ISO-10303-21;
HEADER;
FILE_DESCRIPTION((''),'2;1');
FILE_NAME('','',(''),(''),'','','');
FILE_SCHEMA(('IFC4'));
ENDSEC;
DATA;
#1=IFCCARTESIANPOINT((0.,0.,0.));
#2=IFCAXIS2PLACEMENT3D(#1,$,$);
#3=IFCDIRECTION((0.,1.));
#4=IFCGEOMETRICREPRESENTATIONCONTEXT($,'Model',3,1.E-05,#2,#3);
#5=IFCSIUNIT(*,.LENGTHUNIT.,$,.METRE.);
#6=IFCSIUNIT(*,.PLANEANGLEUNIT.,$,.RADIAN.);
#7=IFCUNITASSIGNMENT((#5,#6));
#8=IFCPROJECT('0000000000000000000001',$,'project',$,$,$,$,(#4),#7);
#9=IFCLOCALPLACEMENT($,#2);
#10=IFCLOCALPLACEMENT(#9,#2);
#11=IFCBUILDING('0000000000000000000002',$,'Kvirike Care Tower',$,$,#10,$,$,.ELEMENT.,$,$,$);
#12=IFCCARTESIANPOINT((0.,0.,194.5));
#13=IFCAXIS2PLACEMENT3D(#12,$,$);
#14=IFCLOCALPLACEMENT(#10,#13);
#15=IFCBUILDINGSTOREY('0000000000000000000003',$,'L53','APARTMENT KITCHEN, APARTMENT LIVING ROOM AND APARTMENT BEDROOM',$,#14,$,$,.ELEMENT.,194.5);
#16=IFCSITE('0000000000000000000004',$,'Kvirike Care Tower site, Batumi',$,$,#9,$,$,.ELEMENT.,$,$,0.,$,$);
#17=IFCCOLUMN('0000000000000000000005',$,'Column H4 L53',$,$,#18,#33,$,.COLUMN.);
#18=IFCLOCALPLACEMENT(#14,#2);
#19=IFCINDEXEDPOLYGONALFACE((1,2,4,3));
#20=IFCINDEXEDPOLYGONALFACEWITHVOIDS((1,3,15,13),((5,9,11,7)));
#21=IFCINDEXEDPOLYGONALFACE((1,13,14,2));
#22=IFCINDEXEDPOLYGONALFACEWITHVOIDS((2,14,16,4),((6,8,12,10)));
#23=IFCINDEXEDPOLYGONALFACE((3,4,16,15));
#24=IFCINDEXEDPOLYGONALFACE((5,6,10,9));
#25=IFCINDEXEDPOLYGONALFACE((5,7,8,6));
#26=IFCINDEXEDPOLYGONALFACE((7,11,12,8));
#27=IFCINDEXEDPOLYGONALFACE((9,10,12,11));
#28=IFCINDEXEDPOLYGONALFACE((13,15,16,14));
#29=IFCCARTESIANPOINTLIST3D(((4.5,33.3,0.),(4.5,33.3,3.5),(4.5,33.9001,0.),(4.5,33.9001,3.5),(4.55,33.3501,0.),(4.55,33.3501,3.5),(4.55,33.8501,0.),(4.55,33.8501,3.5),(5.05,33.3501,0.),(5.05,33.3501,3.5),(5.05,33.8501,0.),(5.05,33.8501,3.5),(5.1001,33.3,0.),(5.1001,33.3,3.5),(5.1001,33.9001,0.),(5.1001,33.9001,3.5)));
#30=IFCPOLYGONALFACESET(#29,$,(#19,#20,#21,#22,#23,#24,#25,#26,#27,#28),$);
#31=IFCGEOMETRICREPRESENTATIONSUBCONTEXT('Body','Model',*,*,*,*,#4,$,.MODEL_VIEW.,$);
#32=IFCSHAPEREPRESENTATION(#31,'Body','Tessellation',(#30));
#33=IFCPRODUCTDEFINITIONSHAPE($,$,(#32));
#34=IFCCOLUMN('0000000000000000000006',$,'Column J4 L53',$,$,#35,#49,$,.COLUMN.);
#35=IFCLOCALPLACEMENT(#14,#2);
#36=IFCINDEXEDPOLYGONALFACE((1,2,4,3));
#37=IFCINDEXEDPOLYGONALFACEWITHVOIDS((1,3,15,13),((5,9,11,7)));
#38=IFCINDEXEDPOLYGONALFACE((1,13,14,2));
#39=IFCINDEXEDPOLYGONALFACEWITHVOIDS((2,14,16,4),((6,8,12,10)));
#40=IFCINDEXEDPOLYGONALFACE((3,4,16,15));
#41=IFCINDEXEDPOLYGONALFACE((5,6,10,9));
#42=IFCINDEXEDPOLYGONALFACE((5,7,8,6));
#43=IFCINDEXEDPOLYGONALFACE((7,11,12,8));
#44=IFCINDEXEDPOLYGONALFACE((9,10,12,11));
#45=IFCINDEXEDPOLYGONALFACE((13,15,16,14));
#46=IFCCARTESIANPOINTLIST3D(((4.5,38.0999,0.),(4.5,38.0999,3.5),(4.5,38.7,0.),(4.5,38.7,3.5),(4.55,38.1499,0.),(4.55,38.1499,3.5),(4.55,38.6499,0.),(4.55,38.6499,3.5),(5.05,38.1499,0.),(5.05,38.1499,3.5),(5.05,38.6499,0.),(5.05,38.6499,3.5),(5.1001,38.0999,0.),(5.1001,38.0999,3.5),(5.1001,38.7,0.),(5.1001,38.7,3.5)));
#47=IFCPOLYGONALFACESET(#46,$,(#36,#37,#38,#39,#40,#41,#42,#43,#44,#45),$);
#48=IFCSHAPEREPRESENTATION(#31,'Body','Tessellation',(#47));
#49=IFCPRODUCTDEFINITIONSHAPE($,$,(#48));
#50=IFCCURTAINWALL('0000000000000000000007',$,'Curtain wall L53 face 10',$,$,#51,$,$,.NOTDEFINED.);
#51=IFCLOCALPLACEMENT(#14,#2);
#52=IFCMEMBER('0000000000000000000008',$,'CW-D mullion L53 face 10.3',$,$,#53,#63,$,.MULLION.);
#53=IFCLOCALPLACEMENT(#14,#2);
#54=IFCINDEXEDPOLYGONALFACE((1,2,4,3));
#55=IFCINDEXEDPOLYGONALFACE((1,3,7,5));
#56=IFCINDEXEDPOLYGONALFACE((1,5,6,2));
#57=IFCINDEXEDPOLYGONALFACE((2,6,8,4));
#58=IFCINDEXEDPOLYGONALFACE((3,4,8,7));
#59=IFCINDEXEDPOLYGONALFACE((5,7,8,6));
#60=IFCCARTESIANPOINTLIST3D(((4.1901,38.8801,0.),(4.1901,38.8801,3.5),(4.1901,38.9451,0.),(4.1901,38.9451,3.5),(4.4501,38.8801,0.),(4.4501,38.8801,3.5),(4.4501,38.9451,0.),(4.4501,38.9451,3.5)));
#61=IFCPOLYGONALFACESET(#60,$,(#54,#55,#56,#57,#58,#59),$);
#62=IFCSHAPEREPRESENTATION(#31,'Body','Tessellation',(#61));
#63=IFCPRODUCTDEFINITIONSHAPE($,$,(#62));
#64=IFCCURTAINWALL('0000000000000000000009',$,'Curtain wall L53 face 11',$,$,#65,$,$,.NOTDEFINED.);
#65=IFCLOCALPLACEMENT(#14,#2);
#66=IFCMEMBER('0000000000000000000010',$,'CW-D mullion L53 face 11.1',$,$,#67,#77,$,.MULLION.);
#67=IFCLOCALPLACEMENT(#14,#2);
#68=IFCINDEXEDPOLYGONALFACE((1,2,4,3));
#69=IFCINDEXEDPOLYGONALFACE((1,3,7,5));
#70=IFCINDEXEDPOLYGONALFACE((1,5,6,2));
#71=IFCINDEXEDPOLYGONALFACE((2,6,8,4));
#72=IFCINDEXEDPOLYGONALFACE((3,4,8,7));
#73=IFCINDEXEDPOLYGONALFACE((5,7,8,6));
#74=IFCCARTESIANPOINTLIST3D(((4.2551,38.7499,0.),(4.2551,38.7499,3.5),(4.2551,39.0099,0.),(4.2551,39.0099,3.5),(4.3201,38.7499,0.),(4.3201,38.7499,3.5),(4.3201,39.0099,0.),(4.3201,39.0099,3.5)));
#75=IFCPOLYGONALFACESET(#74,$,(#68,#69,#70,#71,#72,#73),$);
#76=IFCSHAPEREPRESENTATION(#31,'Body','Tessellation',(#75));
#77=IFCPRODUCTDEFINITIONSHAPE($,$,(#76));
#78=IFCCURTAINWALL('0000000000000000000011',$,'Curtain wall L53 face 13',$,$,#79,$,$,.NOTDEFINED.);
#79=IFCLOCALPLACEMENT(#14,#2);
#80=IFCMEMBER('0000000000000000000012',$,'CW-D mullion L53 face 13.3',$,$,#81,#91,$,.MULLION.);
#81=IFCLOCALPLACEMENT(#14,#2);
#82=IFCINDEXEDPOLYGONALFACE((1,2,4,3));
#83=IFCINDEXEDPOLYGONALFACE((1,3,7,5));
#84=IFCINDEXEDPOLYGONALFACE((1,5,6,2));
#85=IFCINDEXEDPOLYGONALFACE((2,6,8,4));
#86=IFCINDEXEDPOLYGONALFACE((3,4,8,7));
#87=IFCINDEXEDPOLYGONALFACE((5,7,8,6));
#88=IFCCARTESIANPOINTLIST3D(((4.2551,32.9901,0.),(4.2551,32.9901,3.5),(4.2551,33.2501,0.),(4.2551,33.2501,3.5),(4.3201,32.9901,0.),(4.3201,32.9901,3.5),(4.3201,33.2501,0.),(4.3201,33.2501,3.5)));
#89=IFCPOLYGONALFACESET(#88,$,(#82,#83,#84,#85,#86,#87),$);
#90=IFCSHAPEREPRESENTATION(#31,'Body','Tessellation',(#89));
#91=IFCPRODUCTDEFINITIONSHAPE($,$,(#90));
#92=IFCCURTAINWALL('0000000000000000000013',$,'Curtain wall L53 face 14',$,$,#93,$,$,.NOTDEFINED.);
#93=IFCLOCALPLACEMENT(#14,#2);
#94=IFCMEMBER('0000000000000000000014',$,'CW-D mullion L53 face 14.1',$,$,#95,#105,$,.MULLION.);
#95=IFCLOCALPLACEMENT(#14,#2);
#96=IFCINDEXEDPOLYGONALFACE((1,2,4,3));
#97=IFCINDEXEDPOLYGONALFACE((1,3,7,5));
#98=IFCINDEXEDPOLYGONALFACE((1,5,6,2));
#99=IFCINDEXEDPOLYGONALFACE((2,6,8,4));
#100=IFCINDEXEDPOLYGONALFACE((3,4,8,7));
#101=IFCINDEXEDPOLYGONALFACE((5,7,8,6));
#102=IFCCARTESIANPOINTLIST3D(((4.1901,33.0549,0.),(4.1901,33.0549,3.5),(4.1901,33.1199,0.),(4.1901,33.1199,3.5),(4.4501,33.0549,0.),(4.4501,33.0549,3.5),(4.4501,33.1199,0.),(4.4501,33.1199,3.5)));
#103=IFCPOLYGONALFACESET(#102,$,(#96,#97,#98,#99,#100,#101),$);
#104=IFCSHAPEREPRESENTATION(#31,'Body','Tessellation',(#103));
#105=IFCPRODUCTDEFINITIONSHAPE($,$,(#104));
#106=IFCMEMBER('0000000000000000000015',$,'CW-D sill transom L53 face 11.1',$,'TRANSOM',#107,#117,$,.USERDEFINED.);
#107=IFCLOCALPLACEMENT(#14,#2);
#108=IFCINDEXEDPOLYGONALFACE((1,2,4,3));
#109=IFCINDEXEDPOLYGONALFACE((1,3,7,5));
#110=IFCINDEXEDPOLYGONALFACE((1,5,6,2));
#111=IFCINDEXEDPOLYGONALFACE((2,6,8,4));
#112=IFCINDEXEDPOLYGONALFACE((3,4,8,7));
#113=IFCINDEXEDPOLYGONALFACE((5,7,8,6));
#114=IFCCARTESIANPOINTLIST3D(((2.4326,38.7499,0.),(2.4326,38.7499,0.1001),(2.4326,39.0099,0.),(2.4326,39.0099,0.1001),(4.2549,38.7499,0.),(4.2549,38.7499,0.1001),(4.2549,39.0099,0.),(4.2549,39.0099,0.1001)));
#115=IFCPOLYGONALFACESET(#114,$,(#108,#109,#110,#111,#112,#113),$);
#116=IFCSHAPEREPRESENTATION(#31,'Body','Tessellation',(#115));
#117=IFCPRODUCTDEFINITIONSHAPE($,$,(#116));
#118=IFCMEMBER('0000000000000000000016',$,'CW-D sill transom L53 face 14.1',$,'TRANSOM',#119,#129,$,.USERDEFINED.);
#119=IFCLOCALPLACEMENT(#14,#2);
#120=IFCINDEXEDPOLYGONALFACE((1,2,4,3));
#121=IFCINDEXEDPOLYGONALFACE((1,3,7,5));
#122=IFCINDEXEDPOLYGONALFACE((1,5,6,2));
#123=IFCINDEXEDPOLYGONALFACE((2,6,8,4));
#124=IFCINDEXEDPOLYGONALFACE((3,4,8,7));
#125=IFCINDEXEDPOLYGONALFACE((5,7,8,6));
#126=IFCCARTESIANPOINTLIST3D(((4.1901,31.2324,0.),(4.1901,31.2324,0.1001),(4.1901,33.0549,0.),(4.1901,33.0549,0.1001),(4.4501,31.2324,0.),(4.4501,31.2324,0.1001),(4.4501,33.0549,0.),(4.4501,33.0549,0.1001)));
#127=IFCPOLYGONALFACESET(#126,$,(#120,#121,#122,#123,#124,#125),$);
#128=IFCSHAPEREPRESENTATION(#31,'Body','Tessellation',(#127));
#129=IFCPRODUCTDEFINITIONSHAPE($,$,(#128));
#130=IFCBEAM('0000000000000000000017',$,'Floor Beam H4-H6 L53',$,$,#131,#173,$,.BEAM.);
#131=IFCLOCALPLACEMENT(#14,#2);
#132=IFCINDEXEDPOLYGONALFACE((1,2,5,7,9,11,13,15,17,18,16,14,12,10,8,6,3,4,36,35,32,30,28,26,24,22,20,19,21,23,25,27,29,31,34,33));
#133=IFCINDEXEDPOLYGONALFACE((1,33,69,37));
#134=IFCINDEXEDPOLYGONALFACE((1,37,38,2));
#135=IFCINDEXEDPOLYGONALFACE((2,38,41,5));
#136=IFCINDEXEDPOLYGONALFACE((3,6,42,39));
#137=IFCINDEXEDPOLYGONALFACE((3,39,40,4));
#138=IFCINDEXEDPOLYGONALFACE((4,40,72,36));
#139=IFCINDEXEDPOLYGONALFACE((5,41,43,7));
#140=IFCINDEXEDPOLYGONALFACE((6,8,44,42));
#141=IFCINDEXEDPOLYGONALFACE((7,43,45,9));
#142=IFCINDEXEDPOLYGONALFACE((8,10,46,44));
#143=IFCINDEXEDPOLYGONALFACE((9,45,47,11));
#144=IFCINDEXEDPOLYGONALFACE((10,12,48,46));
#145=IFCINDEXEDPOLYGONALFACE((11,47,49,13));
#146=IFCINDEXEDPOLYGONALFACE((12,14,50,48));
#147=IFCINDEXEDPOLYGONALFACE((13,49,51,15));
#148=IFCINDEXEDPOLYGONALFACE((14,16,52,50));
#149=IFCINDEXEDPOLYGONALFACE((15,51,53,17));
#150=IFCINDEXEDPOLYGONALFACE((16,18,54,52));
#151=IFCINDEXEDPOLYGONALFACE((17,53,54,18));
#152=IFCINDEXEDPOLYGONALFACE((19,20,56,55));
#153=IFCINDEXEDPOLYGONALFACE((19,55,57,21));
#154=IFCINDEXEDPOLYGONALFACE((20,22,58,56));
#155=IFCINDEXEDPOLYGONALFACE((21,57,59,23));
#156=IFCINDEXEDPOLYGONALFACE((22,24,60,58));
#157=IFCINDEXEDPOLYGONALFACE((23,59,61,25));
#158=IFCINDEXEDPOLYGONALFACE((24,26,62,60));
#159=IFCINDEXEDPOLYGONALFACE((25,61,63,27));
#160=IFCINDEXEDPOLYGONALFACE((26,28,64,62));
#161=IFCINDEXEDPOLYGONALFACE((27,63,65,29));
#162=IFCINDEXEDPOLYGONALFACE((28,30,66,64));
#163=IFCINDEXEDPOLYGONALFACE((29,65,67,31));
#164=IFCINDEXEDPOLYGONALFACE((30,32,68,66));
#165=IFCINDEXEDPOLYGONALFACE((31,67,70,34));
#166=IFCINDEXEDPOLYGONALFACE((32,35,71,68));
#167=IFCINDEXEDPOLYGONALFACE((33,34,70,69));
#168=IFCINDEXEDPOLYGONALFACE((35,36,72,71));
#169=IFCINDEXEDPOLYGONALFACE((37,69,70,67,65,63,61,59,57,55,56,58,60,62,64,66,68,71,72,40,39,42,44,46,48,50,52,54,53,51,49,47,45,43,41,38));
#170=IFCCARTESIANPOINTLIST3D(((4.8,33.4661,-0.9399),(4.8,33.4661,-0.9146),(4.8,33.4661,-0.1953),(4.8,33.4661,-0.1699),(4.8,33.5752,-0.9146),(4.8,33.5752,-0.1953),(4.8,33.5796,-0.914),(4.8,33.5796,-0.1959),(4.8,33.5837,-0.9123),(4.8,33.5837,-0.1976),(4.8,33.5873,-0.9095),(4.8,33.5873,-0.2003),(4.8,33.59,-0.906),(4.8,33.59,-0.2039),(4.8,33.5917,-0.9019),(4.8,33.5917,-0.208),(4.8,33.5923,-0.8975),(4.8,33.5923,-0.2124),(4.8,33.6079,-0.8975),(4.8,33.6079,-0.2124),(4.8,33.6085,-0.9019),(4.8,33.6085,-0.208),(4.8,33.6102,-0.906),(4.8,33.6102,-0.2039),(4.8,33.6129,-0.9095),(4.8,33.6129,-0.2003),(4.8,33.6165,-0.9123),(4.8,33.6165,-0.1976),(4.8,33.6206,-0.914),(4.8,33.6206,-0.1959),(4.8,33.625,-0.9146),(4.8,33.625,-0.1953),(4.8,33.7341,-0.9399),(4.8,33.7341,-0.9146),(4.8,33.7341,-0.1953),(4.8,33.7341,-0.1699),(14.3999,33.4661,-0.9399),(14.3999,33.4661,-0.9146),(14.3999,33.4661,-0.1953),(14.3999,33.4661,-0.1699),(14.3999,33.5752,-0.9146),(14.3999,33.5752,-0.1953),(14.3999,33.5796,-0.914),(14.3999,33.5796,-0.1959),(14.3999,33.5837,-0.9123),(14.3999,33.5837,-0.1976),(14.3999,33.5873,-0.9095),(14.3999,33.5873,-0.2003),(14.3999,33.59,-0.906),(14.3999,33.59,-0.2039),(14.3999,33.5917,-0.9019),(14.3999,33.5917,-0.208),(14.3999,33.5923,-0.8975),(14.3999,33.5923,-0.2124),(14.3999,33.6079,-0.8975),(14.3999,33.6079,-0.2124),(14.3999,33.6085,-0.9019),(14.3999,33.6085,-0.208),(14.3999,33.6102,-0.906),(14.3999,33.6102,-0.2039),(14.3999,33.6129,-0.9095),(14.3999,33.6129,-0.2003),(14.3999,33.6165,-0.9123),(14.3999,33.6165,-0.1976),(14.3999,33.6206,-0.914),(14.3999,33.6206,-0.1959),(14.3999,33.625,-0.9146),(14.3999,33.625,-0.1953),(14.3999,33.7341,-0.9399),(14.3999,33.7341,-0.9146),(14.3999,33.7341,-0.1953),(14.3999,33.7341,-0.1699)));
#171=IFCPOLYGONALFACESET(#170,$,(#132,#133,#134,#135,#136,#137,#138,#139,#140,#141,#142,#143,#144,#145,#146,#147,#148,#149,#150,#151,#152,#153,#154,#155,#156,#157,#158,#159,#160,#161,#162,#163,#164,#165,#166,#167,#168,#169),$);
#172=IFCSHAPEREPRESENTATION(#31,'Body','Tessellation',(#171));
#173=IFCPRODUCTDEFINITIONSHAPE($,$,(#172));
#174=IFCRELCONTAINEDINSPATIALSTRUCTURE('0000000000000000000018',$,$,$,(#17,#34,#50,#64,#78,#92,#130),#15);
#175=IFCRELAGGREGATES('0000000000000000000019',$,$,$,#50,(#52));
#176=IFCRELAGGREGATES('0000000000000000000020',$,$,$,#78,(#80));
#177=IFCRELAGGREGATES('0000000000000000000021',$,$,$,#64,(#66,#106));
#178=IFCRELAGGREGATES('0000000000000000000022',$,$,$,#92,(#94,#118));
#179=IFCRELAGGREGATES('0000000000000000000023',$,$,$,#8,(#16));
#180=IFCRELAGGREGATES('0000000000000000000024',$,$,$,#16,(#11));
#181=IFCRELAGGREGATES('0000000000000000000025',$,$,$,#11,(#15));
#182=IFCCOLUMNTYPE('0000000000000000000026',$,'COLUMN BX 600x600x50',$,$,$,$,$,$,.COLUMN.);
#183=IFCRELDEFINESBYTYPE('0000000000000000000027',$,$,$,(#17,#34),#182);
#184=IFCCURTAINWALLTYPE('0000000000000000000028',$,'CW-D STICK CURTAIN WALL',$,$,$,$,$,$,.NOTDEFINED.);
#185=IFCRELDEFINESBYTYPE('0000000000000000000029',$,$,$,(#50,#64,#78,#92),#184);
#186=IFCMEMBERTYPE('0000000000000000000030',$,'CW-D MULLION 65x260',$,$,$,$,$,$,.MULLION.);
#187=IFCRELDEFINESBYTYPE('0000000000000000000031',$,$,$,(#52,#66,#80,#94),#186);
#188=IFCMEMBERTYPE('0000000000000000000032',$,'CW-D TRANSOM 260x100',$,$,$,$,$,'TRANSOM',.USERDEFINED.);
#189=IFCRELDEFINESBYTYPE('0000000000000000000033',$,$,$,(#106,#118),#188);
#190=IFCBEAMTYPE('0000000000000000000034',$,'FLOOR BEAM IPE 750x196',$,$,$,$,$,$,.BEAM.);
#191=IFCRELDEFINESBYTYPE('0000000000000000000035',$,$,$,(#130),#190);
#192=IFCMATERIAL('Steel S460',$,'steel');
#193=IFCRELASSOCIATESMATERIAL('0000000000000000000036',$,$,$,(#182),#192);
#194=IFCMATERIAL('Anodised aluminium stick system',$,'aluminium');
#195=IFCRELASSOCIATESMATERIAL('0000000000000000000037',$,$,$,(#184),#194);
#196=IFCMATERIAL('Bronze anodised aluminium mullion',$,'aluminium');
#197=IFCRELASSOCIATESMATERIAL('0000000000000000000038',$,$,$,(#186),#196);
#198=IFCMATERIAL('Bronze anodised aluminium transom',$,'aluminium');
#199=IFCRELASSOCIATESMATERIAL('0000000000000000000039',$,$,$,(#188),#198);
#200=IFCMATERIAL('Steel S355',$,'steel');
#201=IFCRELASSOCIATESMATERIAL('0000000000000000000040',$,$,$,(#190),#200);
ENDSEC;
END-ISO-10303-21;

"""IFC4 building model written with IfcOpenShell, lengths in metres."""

from ifc_helpers import new_model, si_unit, direction, frame, origin, origin_2d, place, context, subcontext, project, spatial, rectangle, hollow_rectangle, i_section, extrude, material, material_profile, profile_set, type_object, element, aggregate, save


model = new_model("IFC4")

# Units and contexts
model_context = context("Model", 3, precision=1e-05, world=origin(), true_north=direction((0.0, 1.0)))
body_context = subcontext(model_context, "Body", "Model", "MODEL_VIEW")
ifc_project = project(units=[si_unit("LENGTHUNIT", "METRE"), si_unit("PLANEANGLEUNIT", "RADIAN")], contexts=[model_context])

# Site, building, storey
site_placement = place(None, origin())
site = spatial("IfcSite", under=ifc_project, at=site_placement, Name="Kvirike Care Tower site, Batumi", CompositionType="ELEMENT", RefElevation=0.0)
building_placement = place(site_placement, origin())
building = spatial("IfcBuilding", under=site, at=building_placement, Name="Kvirike Care Tower", CompositionType="ELEMENT")
storey_placement = place(building_placement, frame((0.0, 0.0, 194.5)))
storey = spatial("IfcBuildingStorey", under=building, at=storey_placement, Name="L53", Description="APARTMENT KITCHEN, APARTMENT LIVING ROOM AND APARTMENT BEDROOM", CompositionType="ELEMENT", Elevation=194.5)

# Columns
ifc_material_1 = material(Name="Steel S460", Category="steel")
ifc_material_profile_1 = material_profile(ifc_material_1, hollow_rectangle(XDim=0.6001, YDim=0.6001, WallThickness=0.05, at=origin_2d()), Name="BX 600x600x50")
ifc_profile_set_1 = profile_set([ifc_material_profile_1], Name="Steel S460")
column_type = type_object("IfcColumnType", Name="COLUMN BX 600x600x50", PredefinedType="COLUMN", material=ifc_profile_set_1)
for number, where, z_axis, x_axis, name in (
    (1, (4.8, 33.6001, 0.0), (0.0, 0.0, 1.0), (0.0, 1.0, 0.0), "Column H4 L53"),
    (2, (4.8, 38.3999, 0.0), (0.0, 0.0, 1.0), (0.0, 1.0, 0.0), "Column J4 L53"),
):
    element("IfcColumn", number, at=place(storey_placement, frame(where, z_axis=z_axis, x_axis=x_axis)), inside=storey, type_object=column_type, Name=name, PredefinedType="COLUMN", context=body_context, shape_type="SweptSolid", body=[
        extrude(hollow_rectangle(XDim=0.6001, YDim=0.6001, WallThickness=0.05, at=origin_2d()), origin(), (0.0, 0.0, 1.0), 3.5),
    ])

# Curtain walls, members
ifc_material_2 = material(Name="Anodised aluminium stick system", Category="aluminium")
curtain_wall_type = type_object("IfcCurtainWallType", Name="CW-D STICK CURTAIN WALL", PredefinedType="NOTDEFINED", material=ifc_material_2)
curtain_wall_1_placement = place(storey_placement, origin())
curtain_wall_1 = element("IfcCurtainWall", 3, at=curtain_wall_1_placement, inside=storey, type_object=curtain_wall_type, Name="Curtain wall L53 face 10", PredefinedType="NOTDEFINED")
ifc_material_3 = material(Name="Bronze anodised aluminium mullion", Category="aluminium")
ifc_material_profile_2 = material_profile(ifc_material_3, rectangle(XDim=0.0649, YDim=0.26, at=origin_2d()), Name="CW-D MULLION 65x260")
ifc_profile_set_2 = profile_set([ifc_material_profile_2], Name="Bronze anodised aluminium mullion")
member_type_1 = type_object("IfcMemberType", Name="CW-D MULLION 65x260", PredefinedType="MULLION", material=ifc_profile_set_2)
member_1_placement = place(storey_placement, frame((4.3201, 38.9126, 0.0), z_axis=(0.0, 0.0, 1.0), x_axis=(0.0, -1.0, 0.0)))
member_1 = element("IfcMember", 4, at=member_1_placement, type_object=member_type_1, Name="CW-D mullion L53 face 10.3", PredefinedType="MULLION", context=body_context, shape_type="SweptSolid", body=[
    extrude(rectangle(XDim=0.0649, YDim=0.26, at=origin_2d()), origin(), (0.0, 0.0, 1.0), 3.5),
])
aggregate(curtain_wall_1, [member_1])
curtain_wall_2_placement = place(storey_placement, origin())
curtain_wall_2 = element("IfcCurtainWall", 5, at=curtain_wall_2_placement, inside=storey, type_object=curtain_wall_type, Name="Curtain wall L53 face 11", PredefinedType="NOTDEFINED")
member_2_placement = place(storey_placement, frame((4.2876, 38.8799, 0.0), z_axis=(0.0, 0.0, 1.0), x_axis=(-1.0, 0.0, 0.0)))
member_2 = element("IfcMember", 6, at=member_2_placement, type_object=member_type_1, Name="CW-D mullion L53 face 11.1", PredefinedType="MULLION", context=body_context, shape_type="SweptSolid", body=[
    extrude(rectangle(XDim=0.0649, YDim=0.26, at=origin_2d()), origin(), (0.0, 0.0, 1.0), 3.5),
])
curtain_wall_3_placement = place(storey_placement, origin())
curtain_wall_3 = element("IfcCurtainWall", 7, at=curtain_wall_3_placement, inside=storey, type_object=curtain_wall_type, Name="Curtain wall L53 face 13", PredefinedType="NOTDEFINED")
member_3_placement = place(storey_placement, frame((4.2876, 33.1201, 0.0), z_axis=(0.0, 0.0, 1.0), x_axis=(1.0, 0.0, 0.0)))
member_3 = element("IfcMember", 8, at=member_3_placement, type_object=member_type_1, Name="CW-D mullion L53 face 13.3", PredefinedType="MULLION", context=body_context, shape_type="SweptSolid", body=[
    extrude(rectangle(XDim=0.0649, YDim=0.26, at=origin_2d()), origin(), (0.0, 0.0, 1.0), 3.5),
])
aggregate(curtain_wall_3, [member_3])
curtain_wall_4_placement = place(storey_placement, origin())
curtain_wall_4 = element("IfcCurtainWall", 9, at=curtain_wall_4_placement, inside=storey, type_object=curtain_wall_type, Name="Curtain wall L53 face 14", PredefinedType="NOTDEFINED")
member_4_placement = place(storey_placement, frame((4.3201, 33.0874, 0.0), z_axis=(0.0, 0.0, 1.0), x_axis=(0.0, -1.0, 0.0)))
member_4 = element("IfcMember", 10, at=member_4_placement, type_object=member_type_1, Name="CW-D mullion L53 face 14.1", PredefinedType="MULLION", context=body_context, shape_type="SweptSolid", body=[
    extrude(rectangle(XDim=0.0649, YDim=0.26, at=origin_2d()), origin(), (0.0, 0.0, 1.0), 3.5),
])

# Members
ifc_material_4 = material(Name="Bronze anodised aluminium transom", Category="aluminium")
ifc_material_profile_3 = material_profile(ifc_material_4, rectangle(XDim=0.26, YDim=0.1001, at=origin_2d()), Name="CW-D TRANSOM 260x100")
ifc_profile_set_3 = profile_set([ifc_material_profile_3], Name="Bronze anodised aluminium transom")
member_type_2 = type_object("IfcMemberType", Name="CW-D TRANSOM 260x100", ElementType="TRANSOM", PredefinedType="USERDEFINED", material=ifc_profile_set_3)
member_5_placement = place(storey_placement, frame((4.2549, 38.8799, 0.05), z_axis=(-1.0, 0.0, 0.0), x_axis=(0.0, -1.0, 0.0)))
member_5 = element("IfcMember", 11, at=member_5_placement, type_object=member_type_2, Name="CW-D sill transom L53 face 11.1", ObjectType="TRANSOM", PredefinedType="USERDEFINED", context=body_context, shape_type="SweptSolid", body=[
    extrude(rectangle(XDim=0.26, YDim=0.1001, at=origin_2d()), origin(), (0.0, 0.0, 1.0), 1.8223),
])
aggregate(curtain_wall_2, [member_2, member_5])
member_6_placement = place(storey_placement, frame((4.3201, 33.0549, 0.05), z_axis=(0.0, -1.0, 0.0), x_axis=(1.0, 0.0, 0.0)))
member_6 = element("IfcMember", 12, at=member_6_placement, type_object=member_type_2, Name="CW-D sill transom L53 face 14.1", ObjectType="TRANSOM", PredefinedType="USERDEFINED", context=body_context, shape_type="SweptSolid", body=[
    extrude(rectangle(XDim=0.26, YDim=0.1001, at=origin_2d()), origin(), (0.0, 0.0, 1.0), 1.8225),
])

# Beam
ifc_material_5 = material(Name="Steel S355", Category="steel")
ifc_material_profile_4 = material_profile(ifc_material_5, i_section(OverallWidth=0.2681, OverallDepth=0.77, WebThickness=0.0156, FlangeThickness=0.0254, FilletRadius=0.0171, at=origin_2d()), Name="IPE 750x196")
ifc_profile_set_4 = profile_set([ifc_material_profile_4], Name="Steel S355")
beam_type_1 = type_object("IfcBeamType", Name="FLOOR BEAM IPE 750x196", PredefinedType="BEAM", material=ifc_profile_set_4)
for number, where, z_axis, x_axis, name in (
    (13, (4.8, 33.6001, -0.5549), (1.0, 0.0, 0.0), (0.0, 1.0, 0.0), "Floor Beam H4-H6 L53"),
):
    element("IfcBeam", number, at=place(storey_placement, frame(where, z_axis=z_axis, x_axis=x_axis)), inside=storey, type_object=beam_type_1, Name=name, PredefinedType="BEAM", context=body_context, shape_type="SweptSolid", body=[
        extrude(i_section(OverallWidth=0.2681, OverallDepth=0.77, WebThickness=0.0156, FlangeThickness=0.0254, FilletRadius=0.0171, at=origin_2d()), origin(), (0.0, 0.0, 1.0), 9.5999),
    ])

aggregate(curtain_wall_4, [member_4, member_6])

save(model, "model.ifc")
